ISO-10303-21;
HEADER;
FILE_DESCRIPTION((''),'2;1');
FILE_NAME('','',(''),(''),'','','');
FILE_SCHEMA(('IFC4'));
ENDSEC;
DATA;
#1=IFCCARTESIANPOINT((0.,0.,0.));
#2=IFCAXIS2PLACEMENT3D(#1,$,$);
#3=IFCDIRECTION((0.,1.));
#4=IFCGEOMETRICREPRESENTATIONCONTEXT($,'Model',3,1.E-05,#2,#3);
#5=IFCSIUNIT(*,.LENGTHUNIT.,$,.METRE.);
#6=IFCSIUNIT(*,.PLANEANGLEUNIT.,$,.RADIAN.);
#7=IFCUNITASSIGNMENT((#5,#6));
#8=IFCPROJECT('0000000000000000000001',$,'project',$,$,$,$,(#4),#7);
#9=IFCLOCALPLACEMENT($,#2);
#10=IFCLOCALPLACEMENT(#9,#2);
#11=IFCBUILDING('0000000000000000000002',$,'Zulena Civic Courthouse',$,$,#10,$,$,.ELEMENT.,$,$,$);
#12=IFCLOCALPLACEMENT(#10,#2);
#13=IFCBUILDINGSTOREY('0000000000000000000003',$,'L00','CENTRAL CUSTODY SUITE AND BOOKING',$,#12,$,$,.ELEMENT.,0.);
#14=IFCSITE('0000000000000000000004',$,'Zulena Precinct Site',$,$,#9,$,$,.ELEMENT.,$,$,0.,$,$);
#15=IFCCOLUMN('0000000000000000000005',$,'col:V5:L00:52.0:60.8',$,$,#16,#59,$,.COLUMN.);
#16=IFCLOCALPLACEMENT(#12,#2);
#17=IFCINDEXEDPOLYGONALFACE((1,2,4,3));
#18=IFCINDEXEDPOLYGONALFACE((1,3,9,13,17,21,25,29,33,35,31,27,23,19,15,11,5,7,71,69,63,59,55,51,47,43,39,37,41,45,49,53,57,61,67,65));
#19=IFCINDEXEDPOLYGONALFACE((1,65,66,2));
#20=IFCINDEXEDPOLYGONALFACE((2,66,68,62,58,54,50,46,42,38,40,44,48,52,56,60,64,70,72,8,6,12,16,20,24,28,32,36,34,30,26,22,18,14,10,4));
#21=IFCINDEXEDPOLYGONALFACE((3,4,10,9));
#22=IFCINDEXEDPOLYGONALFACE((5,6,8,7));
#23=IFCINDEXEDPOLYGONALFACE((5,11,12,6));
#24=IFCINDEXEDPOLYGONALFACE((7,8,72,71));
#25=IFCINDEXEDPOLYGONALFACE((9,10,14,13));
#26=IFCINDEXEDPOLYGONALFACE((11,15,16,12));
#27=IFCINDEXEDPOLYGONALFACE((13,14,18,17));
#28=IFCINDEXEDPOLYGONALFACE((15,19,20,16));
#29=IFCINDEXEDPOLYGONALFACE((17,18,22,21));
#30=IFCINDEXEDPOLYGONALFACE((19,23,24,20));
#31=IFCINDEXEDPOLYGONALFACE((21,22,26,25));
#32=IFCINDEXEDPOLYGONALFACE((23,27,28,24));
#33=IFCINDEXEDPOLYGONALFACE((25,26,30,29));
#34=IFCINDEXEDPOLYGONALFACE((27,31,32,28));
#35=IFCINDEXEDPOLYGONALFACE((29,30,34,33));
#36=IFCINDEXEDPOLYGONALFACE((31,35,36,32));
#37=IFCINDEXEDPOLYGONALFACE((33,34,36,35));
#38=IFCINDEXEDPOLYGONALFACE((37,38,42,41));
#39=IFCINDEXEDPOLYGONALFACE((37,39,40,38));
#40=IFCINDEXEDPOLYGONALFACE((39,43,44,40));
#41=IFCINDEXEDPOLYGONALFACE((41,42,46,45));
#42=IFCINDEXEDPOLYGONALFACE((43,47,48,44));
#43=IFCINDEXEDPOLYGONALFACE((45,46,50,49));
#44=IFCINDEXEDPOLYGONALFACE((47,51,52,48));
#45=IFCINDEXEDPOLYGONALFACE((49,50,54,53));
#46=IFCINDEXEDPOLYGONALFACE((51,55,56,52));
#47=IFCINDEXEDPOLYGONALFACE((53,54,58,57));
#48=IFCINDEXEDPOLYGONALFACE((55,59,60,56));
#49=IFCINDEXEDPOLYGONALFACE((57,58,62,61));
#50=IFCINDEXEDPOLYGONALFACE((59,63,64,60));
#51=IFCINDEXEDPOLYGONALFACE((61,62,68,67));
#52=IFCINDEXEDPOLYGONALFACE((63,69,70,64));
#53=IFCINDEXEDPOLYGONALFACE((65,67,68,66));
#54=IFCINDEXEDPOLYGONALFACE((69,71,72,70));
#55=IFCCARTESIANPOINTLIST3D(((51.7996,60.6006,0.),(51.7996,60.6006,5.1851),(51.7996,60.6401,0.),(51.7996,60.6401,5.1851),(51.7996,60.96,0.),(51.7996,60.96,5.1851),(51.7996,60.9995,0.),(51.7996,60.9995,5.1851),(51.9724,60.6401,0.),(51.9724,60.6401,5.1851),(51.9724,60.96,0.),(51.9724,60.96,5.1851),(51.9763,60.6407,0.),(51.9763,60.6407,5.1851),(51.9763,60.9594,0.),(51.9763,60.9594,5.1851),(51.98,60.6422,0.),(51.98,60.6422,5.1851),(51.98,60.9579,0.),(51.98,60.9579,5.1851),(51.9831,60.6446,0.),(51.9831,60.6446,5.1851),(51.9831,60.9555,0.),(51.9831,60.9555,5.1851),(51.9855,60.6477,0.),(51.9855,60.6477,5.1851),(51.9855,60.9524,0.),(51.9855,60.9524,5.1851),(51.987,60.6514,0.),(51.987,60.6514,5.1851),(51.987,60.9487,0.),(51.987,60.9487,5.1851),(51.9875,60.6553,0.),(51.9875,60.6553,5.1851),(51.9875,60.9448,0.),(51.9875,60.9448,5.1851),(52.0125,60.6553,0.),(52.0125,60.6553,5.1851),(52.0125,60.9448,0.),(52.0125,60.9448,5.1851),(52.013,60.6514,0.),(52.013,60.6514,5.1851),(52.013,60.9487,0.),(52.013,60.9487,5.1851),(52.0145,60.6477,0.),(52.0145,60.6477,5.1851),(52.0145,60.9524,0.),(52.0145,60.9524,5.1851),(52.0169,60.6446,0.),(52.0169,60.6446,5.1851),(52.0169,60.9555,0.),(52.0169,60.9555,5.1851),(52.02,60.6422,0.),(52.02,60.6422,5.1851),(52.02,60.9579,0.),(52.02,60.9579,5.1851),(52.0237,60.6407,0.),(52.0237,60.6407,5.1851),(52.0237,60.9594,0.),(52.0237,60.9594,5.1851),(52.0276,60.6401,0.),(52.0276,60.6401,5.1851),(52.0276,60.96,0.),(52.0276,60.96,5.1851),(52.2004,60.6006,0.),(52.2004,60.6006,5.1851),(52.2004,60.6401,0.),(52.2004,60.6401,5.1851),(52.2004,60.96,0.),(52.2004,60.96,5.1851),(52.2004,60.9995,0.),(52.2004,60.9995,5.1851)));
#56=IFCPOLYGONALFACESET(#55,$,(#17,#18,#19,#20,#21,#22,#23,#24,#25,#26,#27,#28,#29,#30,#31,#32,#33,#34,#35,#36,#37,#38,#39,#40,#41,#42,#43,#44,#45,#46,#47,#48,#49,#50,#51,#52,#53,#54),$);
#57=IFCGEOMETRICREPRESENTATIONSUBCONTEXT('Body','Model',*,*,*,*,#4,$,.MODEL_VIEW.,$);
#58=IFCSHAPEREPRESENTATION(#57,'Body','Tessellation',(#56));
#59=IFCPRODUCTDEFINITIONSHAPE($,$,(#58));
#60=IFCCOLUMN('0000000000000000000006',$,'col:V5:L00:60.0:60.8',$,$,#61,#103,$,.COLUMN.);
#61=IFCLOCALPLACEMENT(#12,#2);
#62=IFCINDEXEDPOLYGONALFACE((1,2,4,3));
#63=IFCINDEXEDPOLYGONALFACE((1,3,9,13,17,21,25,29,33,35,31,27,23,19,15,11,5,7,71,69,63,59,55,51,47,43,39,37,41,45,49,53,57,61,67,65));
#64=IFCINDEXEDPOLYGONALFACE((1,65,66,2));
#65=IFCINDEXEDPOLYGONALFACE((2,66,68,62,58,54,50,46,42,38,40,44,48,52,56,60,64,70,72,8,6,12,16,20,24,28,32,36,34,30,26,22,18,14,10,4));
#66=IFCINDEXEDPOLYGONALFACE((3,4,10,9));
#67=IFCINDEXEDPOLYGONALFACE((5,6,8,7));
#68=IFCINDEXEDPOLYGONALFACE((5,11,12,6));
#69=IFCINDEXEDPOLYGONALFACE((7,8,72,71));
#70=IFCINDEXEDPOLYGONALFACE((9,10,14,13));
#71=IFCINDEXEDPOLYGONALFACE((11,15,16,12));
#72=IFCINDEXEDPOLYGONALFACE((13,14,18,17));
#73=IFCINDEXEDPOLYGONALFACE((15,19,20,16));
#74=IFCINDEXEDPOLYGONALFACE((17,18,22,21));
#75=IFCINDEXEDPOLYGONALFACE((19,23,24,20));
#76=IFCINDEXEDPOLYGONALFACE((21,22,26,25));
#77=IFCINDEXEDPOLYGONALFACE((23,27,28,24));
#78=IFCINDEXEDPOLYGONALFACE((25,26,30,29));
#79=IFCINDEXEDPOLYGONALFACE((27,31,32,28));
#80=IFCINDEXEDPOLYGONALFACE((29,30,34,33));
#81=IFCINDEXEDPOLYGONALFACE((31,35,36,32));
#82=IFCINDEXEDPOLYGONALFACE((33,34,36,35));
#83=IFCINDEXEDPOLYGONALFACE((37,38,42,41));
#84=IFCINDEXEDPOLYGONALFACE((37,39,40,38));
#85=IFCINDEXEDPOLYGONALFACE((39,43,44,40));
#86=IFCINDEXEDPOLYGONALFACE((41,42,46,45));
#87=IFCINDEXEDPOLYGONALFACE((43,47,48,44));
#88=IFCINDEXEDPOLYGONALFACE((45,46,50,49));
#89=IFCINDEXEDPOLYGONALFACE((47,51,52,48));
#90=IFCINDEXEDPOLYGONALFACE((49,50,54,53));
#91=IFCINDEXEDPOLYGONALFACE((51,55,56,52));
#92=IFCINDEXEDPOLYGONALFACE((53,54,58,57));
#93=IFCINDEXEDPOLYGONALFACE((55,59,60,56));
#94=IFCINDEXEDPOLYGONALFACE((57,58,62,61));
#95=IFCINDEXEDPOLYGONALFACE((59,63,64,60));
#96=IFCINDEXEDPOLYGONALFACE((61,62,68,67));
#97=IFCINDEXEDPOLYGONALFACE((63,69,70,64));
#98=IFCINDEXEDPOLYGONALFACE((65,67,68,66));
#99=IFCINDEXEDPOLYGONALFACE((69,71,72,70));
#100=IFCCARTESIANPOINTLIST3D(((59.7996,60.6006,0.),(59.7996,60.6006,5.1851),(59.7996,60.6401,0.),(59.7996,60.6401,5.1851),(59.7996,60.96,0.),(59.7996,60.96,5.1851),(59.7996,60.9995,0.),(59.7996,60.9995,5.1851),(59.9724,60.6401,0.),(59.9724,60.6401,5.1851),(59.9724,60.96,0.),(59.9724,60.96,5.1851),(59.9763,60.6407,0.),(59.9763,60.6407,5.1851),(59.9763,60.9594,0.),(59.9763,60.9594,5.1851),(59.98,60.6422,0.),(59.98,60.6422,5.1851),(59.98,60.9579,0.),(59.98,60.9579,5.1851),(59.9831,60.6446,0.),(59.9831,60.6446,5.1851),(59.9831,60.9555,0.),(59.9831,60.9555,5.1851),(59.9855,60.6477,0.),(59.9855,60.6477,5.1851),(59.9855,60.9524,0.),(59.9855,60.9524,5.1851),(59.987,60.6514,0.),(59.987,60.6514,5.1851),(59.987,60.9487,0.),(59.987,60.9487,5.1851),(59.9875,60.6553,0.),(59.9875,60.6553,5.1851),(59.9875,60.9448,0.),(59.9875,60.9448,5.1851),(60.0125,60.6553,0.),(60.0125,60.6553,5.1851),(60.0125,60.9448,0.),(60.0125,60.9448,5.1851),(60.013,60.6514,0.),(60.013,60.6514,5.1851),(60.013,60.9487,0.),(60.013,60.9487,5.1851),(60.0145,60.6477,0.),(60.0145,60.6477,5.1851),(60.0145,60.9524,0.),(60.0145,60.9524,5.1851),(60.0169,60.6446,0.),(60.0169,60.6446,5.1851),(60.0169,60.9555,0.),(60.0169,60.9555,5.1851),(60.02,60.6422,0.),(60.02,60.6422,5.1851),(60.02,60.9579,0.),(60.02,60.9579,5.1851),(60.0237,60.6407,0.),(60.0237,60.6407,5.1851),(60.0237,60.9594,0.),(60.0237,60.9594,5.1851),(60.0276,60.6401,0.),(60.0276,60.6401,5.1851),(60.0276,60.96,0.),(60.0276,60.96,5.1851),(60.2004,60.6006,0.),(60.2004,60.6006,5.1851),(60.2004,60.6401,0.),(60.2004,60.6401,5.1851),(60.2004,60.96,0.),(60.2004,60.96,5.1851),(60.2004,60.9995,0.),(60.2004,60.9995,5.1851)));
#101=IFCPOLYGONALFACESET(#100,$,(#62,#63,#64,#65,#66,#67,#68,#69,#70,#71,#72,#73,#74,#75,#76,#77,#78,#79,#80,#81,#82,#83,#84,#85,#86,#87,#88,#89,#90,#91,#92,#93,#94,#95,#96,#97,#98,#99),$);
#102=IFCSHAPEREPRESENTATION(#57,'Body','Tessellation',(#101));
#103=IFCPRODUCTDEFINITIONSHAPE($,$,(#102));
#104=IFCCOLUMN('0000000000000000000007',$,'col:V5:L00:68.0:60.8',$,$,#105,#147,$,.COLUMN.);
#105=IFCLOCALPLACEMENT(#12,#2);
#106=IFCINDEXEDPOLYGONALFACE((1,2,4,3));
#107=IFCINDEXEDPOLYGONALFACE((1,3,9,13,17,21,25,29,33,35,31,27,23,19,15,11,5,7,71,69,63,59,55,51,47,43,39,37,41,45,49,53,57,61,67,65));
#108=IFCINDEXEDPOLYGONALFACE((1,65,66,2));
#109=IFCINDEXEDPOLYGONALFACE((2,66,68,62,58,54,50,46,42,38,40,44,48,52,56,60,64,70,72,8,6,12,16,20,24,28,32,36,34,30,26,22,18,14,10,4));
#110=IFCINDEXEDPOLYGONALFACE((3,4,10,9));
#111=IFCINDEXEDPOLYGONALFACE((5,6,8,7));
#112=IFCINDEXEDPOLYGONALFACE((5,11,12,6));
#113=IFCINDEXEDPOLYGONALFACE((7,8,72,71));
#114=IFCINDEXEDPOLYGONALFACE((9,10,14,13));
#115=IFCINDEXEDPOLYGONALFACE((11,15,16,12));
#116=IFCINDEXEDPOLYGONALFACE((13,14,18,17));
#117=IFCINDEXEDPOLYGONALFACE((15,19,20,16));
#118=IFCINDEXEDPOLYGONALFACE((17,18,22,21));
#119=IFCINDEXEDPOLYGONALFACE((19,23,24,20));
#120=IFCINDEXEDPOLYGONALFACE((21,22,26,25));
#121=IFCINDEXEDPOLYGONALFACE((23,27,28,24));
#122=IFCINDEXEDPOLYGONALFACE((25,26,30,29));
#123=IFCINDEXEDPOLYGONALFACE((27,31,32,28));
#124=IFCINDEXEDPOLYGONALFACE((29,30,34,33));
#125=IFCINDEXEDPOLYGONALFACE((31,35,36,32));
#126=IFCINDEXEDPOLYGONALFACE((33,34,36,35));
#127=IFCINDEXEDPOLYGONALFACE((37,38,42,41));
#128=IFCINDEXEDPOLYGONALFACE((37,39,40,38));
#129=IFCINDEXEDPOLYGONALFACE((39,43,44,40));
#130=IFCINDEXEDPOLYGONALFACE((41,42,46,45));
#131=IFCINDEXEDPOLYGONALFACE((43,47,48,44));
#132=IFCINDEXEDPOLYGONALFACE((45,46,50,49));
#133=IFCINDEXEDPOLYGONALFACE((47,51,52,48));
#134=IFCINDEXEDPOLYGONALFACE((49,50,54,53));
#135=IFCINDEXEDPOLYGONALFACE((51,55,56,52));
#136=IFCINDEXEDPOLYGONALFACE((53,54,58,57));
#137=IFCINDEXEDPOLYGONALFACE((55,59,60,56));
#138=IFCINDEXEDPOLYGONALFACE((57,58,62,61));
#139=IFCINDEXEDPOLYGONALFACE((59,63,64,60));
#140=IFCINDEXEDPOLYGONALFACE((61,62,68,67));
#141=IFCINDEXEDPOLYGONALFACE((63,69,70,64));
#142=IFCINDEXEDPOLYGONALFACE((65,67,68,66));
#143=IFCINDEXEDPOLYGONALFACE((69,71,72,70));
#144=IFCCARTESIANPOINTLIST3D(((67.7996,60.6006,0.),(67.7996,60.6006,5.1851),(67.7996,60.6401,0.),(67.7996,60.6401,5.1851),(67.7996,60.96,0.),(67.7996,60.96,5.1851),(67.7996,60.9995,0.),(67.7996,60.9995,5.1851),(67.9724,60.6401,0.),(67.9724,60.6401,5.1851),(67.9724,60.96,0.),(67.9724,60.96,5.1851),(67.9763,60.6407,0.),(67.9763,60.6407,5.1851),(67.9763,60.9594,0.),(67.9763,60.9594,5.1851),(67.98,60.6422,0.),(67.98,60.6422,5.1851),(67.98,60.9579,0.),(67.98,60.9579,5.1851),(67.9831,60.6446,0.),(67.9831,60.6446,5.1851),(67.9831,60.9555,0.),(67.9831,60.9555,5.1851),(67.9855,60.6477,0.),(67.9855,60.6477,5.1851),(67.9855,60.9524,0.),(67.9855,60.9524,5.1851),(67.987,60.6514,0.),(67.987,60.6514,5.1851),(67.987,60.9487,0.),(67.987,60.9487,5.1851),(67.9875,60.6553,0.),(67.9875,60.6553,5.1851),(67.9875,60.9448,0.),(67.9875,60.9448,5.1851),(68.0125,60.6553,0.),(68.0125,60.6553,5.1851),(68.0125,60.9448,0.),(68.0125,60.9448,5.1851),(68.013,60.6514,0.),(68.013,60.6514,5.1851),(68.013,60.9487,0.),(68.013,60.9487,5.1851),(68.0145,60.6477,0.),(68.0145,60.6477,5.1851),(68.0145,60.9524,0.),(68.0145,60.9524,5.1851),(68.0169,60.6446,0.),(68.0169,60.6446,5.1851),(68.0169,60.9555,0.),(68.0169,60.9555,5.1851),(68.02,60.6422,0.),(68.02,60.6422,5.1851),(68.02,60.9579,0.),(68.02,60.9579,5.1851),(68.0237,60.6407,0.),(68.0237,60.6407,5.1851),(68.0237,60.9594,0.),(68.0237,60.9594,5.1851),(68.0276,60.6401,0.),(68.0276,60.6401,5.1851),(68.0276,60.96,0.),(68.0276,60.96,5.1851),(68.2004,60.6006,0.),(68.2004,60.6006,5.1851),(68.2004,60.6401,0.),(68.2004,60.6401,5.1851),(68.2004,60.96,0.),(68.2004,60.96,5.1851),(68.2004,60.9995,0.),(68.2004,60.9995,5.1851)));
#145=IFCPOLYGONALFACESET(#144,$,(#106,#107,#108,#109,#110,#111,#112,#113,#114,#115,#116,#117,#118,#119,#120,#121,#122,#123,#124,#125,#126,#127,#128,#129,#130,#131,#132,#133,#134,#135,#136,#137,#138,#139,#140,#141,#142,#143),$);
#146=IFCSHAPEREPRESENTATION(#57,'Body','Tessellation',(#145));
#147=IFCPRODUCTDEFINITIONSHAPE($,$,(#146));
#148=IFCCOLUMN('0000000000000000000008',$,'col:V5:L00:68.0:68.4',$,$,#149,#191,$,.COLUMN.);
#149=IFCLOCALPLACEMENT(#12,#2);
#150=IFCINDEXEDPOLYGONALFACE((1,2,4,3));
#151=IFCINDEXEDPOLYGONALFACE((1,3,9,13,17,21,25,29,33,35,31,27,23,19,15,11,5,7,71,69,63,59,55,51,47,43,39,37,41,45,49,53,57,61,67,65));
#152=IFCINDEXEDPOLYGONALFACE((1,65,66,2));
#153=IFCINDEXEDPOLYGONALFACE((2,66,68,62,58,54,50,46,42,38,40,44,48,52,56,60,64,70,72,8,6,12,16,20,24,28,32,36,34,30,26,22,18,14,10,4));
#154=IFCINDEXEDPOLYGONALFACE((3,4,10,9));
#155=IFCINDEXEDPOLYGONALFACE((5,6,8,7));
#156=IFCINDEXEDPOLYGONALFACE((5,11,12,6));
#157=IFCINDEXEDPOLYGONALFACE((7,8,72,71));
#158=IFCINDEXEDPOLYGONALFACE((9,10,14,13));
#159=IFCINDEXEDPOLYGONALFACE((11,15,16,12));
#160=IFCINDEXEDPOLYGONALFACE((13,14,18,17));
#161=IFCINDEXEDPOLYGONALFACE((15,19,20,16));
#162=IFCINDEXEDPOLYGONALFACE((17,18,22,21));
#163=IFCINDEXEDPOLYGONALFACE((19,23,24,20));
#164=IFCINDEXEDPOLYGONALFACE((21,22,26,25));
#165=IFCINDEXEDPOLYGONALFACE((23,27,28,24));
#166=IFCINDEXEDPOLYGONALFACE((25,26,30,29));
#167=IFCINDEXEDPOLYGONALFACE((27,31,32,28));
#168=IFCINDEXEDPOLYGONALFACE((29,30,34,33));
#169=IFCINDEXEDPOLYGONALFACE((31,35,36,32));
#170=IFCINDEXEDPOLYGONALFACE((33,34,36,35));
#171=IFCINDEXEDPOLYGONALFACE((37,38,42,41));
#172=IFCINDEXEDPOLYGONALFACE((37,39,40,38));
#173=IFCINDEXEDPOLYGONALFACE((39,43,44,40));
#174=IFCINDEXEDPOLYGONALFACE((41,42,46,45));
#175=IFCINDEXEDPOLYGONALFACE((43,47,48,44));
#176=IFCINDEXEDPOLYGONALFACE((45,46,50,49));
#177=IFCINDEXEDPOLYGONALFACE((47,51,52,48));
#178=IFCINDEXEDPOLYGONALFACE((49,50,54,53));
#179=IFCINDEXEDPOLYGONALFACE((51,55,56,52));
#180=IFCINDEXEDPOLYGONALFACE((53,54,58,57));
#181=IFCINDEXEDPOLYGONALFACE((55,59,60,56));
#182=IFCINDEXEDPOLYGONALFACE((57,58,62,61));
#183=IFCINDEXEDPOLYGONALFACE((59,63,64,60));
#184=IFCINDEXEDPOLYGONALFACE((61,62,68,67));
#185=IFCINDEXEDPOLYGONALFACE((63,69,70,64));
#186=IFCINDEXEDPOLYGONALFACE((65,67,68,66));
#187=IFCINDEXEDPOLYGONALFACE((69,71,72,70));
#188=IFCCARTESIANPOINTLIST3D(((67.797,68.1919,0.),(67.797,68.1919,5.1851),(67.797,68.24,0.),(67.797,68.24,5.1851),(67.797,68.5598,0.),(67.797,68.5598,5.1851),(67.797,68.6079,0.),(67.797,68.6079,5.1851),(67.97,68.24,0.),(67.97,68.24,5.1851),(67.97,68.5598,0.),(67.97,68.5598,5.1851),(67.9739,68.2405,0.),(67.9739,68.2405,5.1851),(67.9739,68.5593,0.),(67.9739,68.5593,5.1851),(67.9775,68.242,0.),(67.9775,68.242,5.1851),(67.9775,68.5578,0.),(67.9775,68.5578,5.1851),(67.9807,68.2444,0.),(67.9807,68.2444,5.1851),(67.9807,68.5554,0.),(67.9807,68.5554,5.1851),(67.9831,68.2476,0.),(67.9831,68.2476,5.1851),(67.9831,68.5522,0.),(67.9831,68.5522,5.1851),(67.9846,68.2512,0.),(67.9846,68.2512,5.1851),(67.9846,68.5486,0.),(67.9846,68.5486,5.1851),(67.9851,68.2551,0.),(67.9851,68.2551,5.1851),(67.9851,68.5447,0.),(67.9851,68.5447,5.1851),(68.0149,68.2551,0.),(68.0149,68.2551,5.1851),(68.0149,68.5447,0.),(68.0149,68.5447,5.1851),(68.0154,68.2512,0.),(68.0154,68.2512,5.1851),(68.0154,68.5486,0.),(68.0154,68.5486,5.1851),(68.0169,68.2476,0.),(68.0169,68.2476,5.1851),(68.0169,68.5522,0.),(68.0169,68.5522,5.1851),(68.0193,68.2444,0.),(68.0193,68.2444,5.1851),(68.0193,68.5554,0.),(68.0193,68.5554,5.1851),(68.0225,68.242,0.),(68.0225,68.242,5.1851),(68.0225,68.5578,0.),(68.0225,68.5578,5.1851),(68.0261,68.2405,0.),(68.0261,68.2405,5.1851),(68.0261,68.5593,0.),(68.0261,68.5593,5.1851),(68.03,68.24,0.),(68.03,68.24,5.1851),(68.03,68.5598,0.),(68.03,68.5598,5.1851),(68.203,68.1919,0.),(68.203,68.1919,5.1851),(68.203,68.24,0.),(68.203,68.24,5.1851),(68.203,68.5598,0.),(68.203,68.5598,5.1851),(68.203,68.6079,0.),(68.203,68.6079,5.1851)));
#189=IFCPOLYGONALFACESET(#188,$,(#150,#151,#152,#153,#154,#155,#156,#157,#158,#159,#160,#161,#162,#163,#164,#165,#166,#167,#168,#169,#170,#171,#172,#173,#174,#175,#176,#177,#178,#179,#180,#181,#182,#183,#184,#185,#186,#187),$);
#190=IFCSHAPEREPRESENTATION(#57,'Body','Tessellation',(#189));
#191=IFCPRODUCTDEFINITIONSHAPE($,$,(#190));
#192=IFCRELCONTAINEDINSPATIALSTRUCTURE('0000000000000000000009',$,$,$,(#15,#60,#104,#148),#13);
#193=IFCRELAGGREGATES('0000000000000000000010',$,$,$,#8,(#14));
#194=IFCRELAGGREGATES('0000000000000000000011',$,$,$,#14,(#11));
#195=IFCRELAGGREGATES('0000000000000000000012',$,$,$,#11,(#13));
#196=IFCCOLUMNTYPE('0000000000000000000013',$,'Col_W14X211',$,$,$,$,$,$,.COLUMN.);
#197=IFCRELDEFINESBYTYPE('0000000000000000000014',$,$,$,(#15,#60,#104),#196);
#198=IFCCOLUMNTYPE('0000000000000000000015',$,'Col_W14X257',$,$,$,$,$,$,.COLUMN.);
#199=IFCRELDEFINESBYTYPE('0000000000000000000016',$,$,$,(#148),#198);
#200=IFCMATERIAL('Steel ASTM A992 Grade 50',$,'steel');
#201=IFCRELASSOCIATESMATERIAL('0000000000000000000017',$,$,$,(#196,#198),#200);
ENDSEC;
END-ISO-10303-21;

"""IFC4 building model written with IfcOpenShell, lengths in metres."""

from ifc_helpers import new_model, si_unit, direction, frame, origin, origin_2d, place, context, subcontext, project, spatial, i_section, extrude, material, material_profile, profile_set, type_object, element, save


model = new_model("IFC4")

# Units and contexts
model_context = context("Model", 3, precision=1e-05, world=origin(), true_north=direction((0.0, 1.0)))
body_context = subcontext(model_context, "Body", "Model", "MODEL_VIEW")
ifc_project = project(units=[si_unit("LENGTHUNIT", "METRE"), si_unit("PLANEANGLEUNIT", "RADIAN")], contexts=[model_context])

# Site, building, storey
site_placement = place(None, origin())
site = spatial("IfcSite", under=ifc_project, at=site_placement, Name="Zulena Precinct Site", CompositionType="ELEMENT", RefElevation=0.0)
building_placement = place(site_placement, origin())
building = spatial("IfcBuilding", under=site, at=building_placement, Name="Zulena Civic Courthouse", CompositionType="ELEMENT")
storey_placement = place(building_placement, origin())
storey = spatial("IfcBuildingStorey", under=building, at=storey_placement, Name="L00", Description="CENTRAL CUSTODY SUITE AND BOOKING", CompositionType="ELEMENT", Elevation=0.0)

# Columns
ifc_material_1 = material(Name="Steel ASTM A992 Grade 50", Category="steel")
ifc_material_profile_1 = material_profile(ifc_material_1, i_section(OverallWidth=0.4009, OverallDepth=0.3989, WebThickness=0.0249, FlangeThickness=0.0396, FilletRadius=0.0151, at=origin_2d()), Name="W14X211")
ifc_profile_set_1 = profile_set([ifc_material_profile_1], Name="Steel ASTM A992 Grade 50")
column_type_1 = type_object("IfcColumnType", Name="Col_W14X211", PredefinedType="COLUMN", material=ifc_profile_set_1)
for number, where, z_axis, x_axis, name in (
    (1, (52.0, 60.8, 0.0), (0.0, 0.0, 1.0), (1.0, 0.0, 0.0), "col:V5:L00:52.0:60.8"),
    (2, (60.0, 60.8, 0.0), (0.0, 0.0, 1.0), (1.0, 0.0, 0.0), "col:V5:L00:60.0:60.8"),
    (3, (68.0, 60.8, 0.0), (0.0, 0.0, 1.0), (1.0, 0.0, 0.0), "col:V5:L00:68.0:60.8"),
):
    element("IfcColumn", number, at=place(storey_placement, frame(where, z_axis=z_axis, x_axis=x_axis)), inside=storey, type_object=column_type_1, Name=name, PredefinedType="COLUMN", context=body_context, shape_type="SweptSolid", body=[
        extrude(i_section(OverallWidth=0.4009, OverallDepth=0.3989, WebThickness=0.0249, FlangeThickness=0.0396, FilletRadius=0.0151, at=origin_2d()), origin(), (0.0, 0.0, 1.0), 5.1851),
    ])
ifc_material_profile_2 = material_profile(ifc_material_1, i_section(OverallWidth=0.406, OverallDepth=0.416, WebThickness=0.0298, FlangeThickness=0.0481, FilletRadius=0.0151, at=origin_2d()), Name="W14X257")
ifc_profile_set_2 = profile_set([ifc_material_profile_2], Name="Steel ASTM A992 Grade 50")
column_type_2 = type_object("IfcColumnType", Name="Col_W14X257", PredefinedType="COLUMN", material=ifc_profile_set_2)
for number, where, z_axis, x_axis, name in (
    (4, (68.0, 68.3999, 0.0), (0.0, 0.0, 1.0), (1.0, 0.0, 0.0), "col:V5:L00:68.0:68.4"),
):
    element("IfcColumn", number, at=place(storey_placement, frame(where, z_axis=z_axis, x_axis=x_axis)), inside=storey, type_object=column_type_2, Name=name, PredefinedType="COLUMN", context=body_context, shape_type="SweptSolid", body=[
        extrude(i_section(OverallWidth=0.406, OverallDepth=0.416, WebThickness=0.0298, FlangeThickness=0.0481, FilletRadius=0.0151, at=origin_2d()), origin(), (0.0, 0.0, 1.0), 5.1851),
    ])

save(model, "model.ifc")
